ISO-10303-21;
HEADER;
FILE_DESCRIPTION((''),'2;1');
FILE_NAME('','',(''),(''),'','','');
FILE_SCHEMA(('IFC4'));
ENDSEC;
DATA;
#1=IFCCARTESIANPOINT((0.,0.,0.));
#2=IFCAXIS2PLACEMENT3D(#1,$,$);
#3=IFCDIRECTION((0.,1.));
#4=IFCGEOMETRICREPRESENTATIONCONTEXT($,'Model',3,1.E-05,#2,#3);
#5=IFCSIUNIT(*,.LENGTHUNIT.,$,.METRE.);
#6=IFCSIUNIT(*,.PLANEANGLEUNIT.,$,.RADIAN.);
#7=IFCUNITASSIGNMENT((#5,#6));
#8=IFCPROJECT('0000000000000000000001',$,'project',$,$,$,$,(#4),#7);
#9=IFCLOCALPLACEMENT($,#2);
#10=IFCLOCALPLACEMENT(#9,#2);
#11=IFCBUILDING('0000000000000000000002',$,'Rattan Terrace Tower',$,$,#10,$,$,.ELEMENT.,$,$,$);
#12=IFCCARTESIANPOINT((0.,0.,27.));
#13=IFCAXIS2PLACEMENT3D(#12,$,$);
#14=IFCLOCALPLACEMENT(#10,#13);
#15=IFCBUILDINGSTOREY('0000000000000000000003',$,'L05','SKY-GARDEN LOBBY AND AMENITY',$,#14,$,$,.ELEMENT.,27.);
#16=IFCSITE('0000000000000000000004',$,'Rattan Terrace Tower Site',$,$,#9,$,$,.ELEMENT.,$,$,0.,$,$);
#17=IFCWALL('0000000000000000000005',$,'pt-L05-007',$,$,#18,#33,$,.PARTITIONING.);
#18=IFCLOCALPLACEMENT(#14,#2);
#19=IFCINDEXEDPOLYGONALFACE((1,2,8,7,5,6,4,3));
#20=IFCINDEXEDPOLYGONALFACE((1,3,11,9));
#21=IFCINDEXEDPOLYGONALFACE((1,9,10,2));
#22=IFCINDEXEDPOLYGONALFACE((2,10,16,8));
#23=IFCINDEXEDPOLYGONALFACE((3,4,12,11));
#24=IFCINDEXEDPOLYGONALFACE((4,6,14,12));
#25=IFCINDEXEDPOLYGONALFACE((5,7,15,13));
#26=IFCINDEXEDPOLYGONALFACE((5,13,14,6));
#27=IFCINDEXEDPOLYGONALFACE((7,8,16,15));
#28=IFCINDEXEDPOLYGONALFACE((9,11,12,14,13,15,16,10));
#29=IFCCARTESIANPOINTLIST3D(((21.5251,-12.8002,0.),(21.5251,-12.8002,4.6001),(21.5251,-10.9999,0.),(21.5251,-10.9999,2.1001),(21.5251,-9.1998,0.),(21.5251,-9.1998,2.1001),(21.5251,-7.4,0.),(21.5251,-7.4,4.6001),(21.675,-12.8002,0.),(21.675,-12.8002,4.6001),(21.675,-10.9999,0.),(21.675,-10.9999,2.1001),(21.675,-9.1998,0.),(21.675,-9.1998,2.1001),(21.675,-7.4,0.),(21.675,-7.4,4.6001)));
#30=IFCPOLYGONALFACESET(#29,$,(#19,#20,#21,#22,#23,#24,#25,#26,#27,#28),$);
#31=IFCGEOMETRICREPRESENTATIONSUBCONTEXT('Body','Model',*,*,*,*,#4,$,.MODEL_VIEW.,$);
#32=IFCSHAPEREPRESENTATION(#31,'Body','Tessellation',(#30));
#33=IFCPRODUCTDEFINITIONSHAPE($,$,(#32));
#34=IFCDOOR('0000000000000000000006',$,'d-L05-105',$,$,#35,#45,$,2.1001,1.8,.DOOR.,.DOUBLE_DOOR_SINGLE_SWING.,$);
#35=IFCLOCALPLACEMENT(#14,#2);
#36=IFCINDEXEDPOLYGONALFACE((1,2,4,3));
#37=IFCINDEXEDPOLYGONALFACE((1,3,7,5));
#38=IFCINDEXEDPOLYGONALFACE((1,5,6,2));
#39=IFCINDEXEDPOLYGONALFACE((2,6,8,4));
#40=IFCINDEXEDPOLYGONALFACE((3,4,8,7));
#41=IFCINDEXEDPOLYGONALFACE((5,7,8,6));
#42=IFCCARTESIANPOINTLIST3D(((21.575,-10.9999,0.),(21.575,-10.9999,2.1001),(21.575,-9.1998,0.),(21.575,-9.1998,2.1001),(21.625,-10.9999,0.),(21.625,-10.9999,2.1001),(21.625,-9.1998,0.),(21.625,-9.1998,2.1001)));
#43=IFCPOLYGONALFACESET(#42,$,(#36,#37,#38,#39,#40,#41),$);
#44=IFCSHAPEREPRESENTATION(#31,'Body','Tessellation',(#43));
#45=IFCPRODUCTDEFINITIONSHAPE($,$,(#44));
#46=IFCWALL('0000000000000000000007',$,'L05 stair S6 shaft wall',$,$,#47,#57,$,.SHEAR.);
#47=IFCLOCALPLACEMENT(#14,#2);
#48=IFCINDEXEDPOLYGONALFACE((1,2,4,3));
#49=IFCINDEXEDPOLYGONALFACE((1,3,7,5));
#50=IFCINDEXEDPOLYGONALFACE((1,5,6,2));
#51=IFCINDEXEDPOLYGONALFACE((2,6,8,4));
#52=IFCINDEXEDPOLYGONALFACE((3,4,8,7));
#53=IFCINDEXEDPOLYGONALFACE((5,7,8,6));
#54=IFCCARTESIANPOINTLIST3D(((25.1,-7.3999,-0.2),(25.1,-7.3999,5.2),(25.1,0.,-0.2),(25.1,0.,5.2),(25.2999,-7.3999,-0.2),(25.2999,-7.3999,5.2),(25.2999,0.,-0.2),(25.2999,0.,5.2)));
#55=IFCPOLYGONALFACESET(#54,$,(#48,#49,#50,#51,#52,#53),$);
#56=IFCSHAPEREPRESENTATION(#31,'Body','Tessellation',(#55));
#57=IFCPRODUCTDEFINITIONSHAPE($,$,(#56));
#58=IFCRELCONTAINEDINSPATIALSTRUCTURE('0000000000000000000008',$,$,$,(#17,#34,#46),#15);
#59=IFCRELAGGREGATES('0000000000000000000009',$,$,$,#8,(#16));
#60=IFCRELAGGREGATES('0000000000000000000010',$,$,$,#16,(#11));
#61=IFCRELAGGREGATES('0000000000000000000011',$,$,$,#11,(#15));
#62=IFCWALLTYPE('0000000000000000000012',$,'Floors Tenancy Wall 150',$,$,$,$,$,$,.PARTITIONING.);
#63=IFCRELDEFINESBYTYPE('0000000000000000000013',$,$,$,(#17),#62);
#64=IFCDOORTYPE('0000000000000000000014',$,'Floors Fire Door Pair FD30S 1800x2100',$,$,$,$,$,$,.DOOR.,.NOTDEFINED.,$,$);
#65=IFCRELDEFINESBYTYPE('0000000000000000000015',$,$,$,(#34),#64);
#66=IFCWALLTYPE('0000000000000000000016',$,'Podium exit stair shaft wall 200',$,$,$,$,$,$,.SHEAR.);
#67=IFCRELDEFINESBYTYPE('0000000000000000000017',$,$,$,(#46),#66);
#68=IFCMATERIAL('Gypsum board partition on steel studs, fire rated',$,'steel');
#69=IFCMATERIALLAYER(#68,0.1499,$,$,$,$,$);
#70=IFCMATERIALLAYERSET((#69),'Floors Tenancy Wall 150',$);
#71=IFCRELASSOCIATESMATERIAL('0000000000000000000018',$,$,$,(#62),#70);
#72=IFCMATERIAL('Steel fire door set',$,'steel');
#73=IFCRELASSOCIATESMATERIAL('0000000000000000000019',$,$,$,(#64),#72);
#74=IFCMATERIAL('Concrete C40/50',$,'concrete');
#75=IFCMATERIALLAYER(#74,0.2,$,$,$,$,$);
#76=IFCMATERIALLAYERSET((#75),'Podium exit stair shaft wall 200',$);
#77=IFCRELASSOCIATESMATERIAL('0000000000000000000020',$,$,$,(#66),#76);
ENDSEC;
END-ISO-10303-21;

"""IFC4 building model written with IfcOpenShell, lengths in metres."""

from ifc_helpers import new_model, si_unit, direction, frame, frame_2d, origin, place, context, subcontext, project, spatial, rectangle, extrude, material, layer, layer_set, type_object, element, fill, save


model = new_model("IFC4")

# Units and contexts
model_context = context("Model", 3, precision=1e-05, world=origin(), true_north=direction((0.0, 1.0)))
body_context = subcontext(model_context, "Body", "Model", "MODEL_VIEW")
ifc_project = project(units=[si_unit("LENGTHUNIT", "METRE"), si_unit("PLANEANGLEUNIT", "RADIAN")], contexts=[model_context])

# Site, building, storey
site_placement = place(None, origin())
site = spatial("IfcSite", under=ifc_project, at=site_placement, Name="Rattan Terrace Tower Site", CompositionType="ELEMENT", RefElevation=0.0)
building_placement = place(site_placement, origin())
building = spatial("IfcBuilding", under=site, at=building_placement, Name="Rattan Terrace Tower", CompositionType="ELEMENT")
storey_placement = place(building_placement, frame((0.0, 0.0, 27.0)))
storey = spatial("IfcBuildingStorey", under=building, at=storey_placement, Name="L05", Description="SKY-GARDEN LOBBY AND AMENITY", CompositionType="ELEMENT", Elevation=27.0)

# Wall, opening, door
ifc_material_1 = material(Name="Gypsum board partition on steel studs, fire rated", Category="steel")
ifc_layer_1 = layer(ifc_material_1, 0.1499)
ifc_layer_set_1 = layer_set([ifc_layer_1], Name="Floors Tenancy Wall 150")
wall_type_1 = type_object("IfcWallType", Name="Floors Tenancy Wall 150", PredefinedType="PARTITIONING", material=ifc_layer_set_1)
wall_1_placement = place(storey_placement, frame((21.6001, -7.3999, 0.0), z_axis=(0.0, 0.0, 1.0), x_axis=(0.0, -1.0, 0.0)))
wall_1 = element("IfcWall", 1, at=wall_1_placement, inside=storey, type_object=wall_type_1, Name="pt-L05-007", PredefinedType="PARTITIONING", context=body_context, shape_type="SweptSolid", body=[
    extrude(rectangle(XDim=5.4001, YDim=0.1499, at=frame_2d((2.7002, 0.0))), origin(), (0.0, 0.0, 1.0), 4.6001),
])
opening_1_placement = place(wall_1_placement, frame((1.8, 0.0, 0.0)))
opening_1 = element("IfcOpeningElement", 2, at=opening_1_placement, cuts=wall_1, PredefinedType="OPENING", context=body_context, shape_type="SweptSolid", body=[
    extrude(rectangle(XDim=1.8, YDim=2.1001, at=frame_2d((0.8999, 1.05))), frame((0.0, 0.0854, 0.0), z_axis=(0.0, -1.0, 0.0), x_axis=(1.0, 0.0, 0.0)), (0.0, 0.0, 1.0), 0.1709),
])
ifc_material_2 = material(Name="Steel fire door set", Category="steel")
door_type_1 = type_object("IfcDoorType", Name="Floors Fire Door Pair FD30S 1800x2100", OperationType="NOTDEFINED", PredefinedType="DOOR", material=ifc_material_2)
door_1_placement = place(opening_1_placement, origin())
door_1 = element("IfcDoor", 3, at=door_1_placement, inside=storey, type_object=door_type_1, Name="d-L05-105", OperationType="DOUBLE_DOOR_SINGLE_SWING", OverallHeight=2.1001, OverallWidth=1.8, PredefinedType="DOOR", context=body_context, shape_type="SweptSolid", body=[
    extrude(rectangle(XDim=1.8, YDim=2.1001, at=frame_2d((0.8999, 1.05))), frame((0.0, 0.0249, 0.0), z_axis=(0.0, -1.0, 0.0), x_axis=(1.0, 0.0, 0.0)), (0.0, 0.0, 1.0), 0.05),
])
fill(opening_1, door_1)

# Wall
ifc_material_3 = material(Name="Concrete C40/50", Category="concrete")
ifc_layer_2 = layer(ifc_material_3, 0.2)
ifc_layer_set_2 = layer_set([ifc_layer_2], Name="Podium exit stair shaft wall 200")
wall_type_2 = type_object("IfcWallType", Name="Podium exit stair shaft wall 200", PredefinedType="SHEAR", material=ifc_layer_set_2)
wall_2_placement = place(storey_placement, frame((25.2, -7.3999, -0.2), z_axis=(0.0, 0.0, 1.0), x_axis=(0.0, 1.0, 0.0)))
element("IfcWall", 4, at=wall_2_placement, inside=storey, type_object=wall_type_2, Name="L05 stair S6 shaft wall", PredefinedType="SHEAR", context=body_context, shape_type="SweptSolid", body=[
    extrude(rectangle(XDim=7.3999, YDim=0.2, at=frame_2d((3.7, 0.0))), origin(), (0.0, 0.0, 1.0), 5.3999),
])

save(model, "model.ifc")
